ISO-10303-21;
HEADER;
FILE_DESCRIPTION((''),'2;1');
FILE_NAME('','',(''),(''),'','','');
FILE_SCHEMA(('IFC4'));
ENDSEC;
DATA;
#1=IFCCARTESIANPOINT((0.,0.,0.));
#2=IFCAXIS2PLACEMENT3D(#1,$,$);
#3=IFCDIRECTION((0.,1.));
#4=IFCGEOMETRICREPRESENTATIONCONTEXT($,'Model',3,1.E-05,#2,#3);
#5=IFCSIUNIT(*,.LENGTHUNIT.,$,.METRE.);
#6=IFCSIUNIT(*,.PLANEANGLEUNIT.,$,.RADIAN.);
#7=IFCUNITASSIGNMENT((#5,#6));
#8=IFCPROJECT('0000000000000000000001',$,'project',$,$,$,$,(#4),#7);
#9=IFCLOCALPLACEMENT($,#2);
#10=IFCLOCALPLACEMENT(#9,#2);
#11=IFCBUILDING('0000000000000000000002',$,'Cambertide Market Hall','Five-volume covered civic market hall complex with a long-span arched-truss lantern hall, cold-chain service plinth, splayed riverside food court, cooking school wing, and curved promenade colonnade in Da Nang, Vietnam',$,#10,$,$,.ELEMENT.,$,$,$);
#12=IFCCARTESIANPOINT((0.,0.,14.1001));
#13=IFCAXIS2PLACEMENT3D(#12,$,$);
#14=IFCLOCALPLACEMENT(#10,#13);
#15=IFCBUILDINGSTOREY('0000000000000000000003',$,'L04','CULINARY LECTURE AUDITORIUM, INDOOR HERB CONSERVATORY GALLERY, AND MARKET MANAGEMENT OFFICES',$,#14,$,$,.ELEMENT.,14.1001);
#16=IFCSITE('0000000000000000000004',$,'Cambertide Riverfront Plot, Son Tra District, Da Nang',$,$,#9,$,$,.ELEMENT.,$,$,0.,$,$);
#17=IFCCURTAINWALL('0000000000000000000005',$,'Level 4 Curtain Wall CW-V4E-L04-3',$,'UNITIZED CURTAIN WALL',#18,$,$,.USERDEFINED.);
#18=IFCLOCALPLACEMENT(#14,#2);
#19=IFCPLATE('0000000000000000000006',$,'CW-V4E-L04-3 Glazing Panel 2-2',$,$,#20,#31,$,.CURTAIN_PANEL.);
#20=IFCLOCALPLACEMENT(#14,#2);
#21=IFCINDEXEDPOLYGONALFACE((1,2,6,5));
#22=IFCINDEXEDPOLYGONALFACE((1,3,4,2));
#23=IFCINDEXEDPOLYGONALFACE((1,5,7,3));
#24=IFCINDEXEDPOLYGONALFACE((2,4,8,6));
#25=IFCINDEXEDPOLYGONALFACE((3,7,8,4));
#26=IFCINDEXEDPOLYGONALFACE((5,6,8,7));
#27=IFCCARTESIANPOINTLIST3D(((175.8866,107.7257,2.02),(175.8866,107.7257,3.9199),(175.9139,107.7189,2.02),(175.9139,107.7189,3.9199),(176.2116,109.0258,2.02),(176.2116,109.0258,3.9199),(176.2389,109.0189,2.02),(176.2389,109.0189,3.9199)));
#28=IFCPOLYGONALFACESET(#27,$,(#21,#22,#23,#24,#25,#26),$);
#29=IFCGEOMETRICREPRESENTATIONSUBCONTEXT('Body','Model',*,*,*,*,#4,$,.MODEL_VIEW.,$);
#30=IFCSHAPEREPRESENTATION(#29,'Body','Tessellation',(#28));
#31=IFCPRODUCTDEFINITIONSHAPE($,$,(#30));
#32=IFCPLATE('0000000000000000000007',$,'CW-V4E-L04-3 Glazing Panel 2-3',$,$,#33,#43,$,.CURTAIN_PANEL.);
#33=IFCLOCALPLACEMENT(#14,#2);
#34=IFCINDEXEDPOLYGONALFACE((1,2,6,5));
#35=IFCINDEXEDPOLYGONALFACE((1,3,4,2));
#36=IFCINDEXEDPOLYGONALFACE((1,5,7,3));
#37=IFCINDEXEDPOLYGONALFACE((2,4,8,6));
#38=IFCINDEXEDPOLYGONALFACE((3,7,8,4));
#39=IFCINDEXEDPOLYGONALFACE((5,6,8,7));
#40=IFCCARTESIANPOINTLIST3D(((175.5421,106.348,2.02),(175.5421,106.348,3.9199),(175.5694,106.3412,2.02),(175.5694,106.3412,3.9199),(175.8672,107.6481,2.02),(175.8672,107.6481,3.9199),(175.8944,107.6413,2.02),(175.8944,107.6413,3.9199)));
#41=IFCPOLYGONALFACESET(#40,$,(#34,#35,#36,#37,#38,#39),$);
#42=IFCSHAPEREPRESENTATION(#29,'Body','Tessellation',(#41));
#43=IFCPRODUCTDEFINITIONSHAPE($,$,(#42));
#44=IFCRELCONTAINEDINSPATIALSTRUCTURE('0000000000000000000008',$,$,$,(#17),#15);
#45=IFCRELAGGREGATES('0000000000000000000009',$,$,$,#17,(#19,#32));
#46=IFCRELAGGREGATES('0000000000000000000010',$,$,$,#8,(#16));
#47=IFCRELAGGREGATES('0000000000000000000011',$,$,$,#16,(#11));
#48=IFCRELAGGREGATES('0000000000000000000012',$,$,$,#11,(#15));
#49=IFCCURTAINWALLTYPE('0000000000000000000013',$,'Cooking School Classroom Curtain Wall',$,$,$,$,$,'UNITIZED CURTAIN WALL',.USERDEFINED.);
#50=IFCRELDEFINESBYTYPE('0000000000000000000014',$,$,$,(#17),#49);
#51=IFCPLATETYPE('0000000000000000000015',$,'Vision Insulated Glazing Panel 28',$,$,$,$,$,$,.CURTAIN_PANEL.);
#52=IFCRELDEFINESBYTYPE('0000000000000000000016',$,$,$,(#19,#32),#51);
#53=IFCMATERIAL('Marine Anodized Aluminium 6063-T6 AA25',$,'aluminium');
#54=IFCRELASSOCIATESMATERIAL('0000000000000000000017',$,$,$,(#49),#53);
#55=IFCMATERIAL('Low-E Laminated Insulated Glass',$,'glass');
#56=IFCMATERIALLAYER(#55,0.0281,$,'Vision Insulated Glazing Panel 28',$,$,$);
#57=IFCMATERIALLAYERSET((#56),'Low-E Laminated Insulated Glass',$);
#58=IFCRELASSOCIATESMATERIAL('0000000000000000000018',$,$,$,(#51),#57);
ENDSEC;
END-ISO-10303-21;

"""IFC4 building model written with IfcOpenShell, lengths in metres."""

from ifc_helpers import new_model, si_unit, direction, frame, origin, origin_2d, place, context, subcontext, project, spatial, rectangle, extrude, material, layer, layer_set, type_object, element, aggregate, save


model = new_model("IFC4")

# Units and contexts
model_context = context("Model", 3, precision=1e-05, world=origin(), true_north=direction((0.0, 1.0)))
body_context = subcontext(model_context, "Body", "Model", "MODEL_VIEW")
ifc_project = project(units=[si_unit("LENGTHUNIT", "METRE"), si_unit("PLANEANGLEUNIT", "RADIAN")], contexts=[model_context])

# Site, building, storey
site_placement = place(None, origin())
site = spatial("IfcSite", under=ifc_project, at=site_placement, Name="Cambertide Riverfront Plot, Son Tra District, Da Nang", CompositionType="ELEMENT", RefElevation=0.0)
building_placement = place(site_placement, origin())
building = spatial("IfcBuilding", under=site, at=building_placement, Name="Cambertide Market Hall", Description="Five-volume covered civic market hall complex with a long-span arched-truss lantern hall, cold-chain service plinth, splayed riverside food court, cooking school wing, and curved promenade colonnade in Da Nang, Vietnam", CompositionType="ELEMENT")
storey_placement = place(building_placement, frame((0.0, 0.0, 14.1001)))
storey = spatial("IfcBuildingStorey", under=building, at=storey_placement, Name="L04", Description="CULINARY LECTURE AUDITORIUM, INDOOR HERB CONSERVATORY GALLERY, AND MARKET MANAGEMENT OFFICES", CompositionType="ELEMENT", Elevation=14.1001)

# Curtain wall, plates
ifc_material_1 = material(Name="Marine Anodized Aluminium 6063-T6 AA25", Category="aluminium")
curtain_wall_type = type_object("IfcCurtainWallType", Name="Cooking School Classroom Curtain Wall", ElementType="UNITIZED CURTAIN WALL", PredefinedType="USERDEFINED", material=ifc_material_1)
curtain_wall_placement = place(storey_placement, origin())
curtain_wall = element("IfcCurtainWall", 1, at=curtain_wall_placement, inside=storey, type_object=curtain_wall_type, Name="Level 4 Curtain Wall CW-V4E-L04-3", ObjectType="UNITIZED CURTAIN WALL", PredefinedType="USERDEFINED")
ifc_material_2 = material(Name="Low-E Laminated Insulated Glass", Category="glass")
ifc_layer = layer(ifc_material_2, 0.0281, Name="Vision Insulated Glazing Panel 28")
ifc_layer_set = layer_set([ifc_layer], Name="Low-E Laminated Insulated Glass")
plate_type = type_object("IfcPlateType", Name="Vision Insulated Glazing Panel 28", PredefinedType="CURTAIN_PANEL", material=ifc_layer_set)
plate_1_placement = place(storey_placement, frame((176.0627, 108.3723, 2.02), z_axis=(0.0, 0.0, 1.0), x_axis=(-0.242536, -0.970143, 0.0)))
plate_1 = element("IfcPlate", 2, at=plate_1_placement, type_object=plate_type, Name="CW-V4E-L04-3 Glazing Panel 2-2", PredefinedType="CURTAIN_PANEL", context=body_context, shape_type="SweptSolid", body=[
    extrude(rectangle(XDim=1.3401, YDim=0.0281, at=origin_2d()), origin(), (0.0, 0.0, 1.0), 1.8999),
])
plate_2_placement = place(storey_placement, frame((175.7183, 106.9946, 2.02), z_axis=(0.0, 0.0, 1.0), x_axis=(-0.242536, -0.970143, 0.0)))
plate_2 = element("IfcPlate", 3, at=plate_2_placement, type_object=plate_type, Name="CW-V4E-L04-3 Glazing Panel 2-3", PredefinedType="CURTAIN_PANEL", context=body_context, shape_type="SweptSolid", body=[
    extrude(rectangle(XDim=1.3401, YDim=0.0281, at=origin_2d()), origin(), (0.0, 0.0, 1.0), 1.8999),
])
aggregate(curtain_wall, [plate_1, plate_2])

save(model, "model.ifc")
